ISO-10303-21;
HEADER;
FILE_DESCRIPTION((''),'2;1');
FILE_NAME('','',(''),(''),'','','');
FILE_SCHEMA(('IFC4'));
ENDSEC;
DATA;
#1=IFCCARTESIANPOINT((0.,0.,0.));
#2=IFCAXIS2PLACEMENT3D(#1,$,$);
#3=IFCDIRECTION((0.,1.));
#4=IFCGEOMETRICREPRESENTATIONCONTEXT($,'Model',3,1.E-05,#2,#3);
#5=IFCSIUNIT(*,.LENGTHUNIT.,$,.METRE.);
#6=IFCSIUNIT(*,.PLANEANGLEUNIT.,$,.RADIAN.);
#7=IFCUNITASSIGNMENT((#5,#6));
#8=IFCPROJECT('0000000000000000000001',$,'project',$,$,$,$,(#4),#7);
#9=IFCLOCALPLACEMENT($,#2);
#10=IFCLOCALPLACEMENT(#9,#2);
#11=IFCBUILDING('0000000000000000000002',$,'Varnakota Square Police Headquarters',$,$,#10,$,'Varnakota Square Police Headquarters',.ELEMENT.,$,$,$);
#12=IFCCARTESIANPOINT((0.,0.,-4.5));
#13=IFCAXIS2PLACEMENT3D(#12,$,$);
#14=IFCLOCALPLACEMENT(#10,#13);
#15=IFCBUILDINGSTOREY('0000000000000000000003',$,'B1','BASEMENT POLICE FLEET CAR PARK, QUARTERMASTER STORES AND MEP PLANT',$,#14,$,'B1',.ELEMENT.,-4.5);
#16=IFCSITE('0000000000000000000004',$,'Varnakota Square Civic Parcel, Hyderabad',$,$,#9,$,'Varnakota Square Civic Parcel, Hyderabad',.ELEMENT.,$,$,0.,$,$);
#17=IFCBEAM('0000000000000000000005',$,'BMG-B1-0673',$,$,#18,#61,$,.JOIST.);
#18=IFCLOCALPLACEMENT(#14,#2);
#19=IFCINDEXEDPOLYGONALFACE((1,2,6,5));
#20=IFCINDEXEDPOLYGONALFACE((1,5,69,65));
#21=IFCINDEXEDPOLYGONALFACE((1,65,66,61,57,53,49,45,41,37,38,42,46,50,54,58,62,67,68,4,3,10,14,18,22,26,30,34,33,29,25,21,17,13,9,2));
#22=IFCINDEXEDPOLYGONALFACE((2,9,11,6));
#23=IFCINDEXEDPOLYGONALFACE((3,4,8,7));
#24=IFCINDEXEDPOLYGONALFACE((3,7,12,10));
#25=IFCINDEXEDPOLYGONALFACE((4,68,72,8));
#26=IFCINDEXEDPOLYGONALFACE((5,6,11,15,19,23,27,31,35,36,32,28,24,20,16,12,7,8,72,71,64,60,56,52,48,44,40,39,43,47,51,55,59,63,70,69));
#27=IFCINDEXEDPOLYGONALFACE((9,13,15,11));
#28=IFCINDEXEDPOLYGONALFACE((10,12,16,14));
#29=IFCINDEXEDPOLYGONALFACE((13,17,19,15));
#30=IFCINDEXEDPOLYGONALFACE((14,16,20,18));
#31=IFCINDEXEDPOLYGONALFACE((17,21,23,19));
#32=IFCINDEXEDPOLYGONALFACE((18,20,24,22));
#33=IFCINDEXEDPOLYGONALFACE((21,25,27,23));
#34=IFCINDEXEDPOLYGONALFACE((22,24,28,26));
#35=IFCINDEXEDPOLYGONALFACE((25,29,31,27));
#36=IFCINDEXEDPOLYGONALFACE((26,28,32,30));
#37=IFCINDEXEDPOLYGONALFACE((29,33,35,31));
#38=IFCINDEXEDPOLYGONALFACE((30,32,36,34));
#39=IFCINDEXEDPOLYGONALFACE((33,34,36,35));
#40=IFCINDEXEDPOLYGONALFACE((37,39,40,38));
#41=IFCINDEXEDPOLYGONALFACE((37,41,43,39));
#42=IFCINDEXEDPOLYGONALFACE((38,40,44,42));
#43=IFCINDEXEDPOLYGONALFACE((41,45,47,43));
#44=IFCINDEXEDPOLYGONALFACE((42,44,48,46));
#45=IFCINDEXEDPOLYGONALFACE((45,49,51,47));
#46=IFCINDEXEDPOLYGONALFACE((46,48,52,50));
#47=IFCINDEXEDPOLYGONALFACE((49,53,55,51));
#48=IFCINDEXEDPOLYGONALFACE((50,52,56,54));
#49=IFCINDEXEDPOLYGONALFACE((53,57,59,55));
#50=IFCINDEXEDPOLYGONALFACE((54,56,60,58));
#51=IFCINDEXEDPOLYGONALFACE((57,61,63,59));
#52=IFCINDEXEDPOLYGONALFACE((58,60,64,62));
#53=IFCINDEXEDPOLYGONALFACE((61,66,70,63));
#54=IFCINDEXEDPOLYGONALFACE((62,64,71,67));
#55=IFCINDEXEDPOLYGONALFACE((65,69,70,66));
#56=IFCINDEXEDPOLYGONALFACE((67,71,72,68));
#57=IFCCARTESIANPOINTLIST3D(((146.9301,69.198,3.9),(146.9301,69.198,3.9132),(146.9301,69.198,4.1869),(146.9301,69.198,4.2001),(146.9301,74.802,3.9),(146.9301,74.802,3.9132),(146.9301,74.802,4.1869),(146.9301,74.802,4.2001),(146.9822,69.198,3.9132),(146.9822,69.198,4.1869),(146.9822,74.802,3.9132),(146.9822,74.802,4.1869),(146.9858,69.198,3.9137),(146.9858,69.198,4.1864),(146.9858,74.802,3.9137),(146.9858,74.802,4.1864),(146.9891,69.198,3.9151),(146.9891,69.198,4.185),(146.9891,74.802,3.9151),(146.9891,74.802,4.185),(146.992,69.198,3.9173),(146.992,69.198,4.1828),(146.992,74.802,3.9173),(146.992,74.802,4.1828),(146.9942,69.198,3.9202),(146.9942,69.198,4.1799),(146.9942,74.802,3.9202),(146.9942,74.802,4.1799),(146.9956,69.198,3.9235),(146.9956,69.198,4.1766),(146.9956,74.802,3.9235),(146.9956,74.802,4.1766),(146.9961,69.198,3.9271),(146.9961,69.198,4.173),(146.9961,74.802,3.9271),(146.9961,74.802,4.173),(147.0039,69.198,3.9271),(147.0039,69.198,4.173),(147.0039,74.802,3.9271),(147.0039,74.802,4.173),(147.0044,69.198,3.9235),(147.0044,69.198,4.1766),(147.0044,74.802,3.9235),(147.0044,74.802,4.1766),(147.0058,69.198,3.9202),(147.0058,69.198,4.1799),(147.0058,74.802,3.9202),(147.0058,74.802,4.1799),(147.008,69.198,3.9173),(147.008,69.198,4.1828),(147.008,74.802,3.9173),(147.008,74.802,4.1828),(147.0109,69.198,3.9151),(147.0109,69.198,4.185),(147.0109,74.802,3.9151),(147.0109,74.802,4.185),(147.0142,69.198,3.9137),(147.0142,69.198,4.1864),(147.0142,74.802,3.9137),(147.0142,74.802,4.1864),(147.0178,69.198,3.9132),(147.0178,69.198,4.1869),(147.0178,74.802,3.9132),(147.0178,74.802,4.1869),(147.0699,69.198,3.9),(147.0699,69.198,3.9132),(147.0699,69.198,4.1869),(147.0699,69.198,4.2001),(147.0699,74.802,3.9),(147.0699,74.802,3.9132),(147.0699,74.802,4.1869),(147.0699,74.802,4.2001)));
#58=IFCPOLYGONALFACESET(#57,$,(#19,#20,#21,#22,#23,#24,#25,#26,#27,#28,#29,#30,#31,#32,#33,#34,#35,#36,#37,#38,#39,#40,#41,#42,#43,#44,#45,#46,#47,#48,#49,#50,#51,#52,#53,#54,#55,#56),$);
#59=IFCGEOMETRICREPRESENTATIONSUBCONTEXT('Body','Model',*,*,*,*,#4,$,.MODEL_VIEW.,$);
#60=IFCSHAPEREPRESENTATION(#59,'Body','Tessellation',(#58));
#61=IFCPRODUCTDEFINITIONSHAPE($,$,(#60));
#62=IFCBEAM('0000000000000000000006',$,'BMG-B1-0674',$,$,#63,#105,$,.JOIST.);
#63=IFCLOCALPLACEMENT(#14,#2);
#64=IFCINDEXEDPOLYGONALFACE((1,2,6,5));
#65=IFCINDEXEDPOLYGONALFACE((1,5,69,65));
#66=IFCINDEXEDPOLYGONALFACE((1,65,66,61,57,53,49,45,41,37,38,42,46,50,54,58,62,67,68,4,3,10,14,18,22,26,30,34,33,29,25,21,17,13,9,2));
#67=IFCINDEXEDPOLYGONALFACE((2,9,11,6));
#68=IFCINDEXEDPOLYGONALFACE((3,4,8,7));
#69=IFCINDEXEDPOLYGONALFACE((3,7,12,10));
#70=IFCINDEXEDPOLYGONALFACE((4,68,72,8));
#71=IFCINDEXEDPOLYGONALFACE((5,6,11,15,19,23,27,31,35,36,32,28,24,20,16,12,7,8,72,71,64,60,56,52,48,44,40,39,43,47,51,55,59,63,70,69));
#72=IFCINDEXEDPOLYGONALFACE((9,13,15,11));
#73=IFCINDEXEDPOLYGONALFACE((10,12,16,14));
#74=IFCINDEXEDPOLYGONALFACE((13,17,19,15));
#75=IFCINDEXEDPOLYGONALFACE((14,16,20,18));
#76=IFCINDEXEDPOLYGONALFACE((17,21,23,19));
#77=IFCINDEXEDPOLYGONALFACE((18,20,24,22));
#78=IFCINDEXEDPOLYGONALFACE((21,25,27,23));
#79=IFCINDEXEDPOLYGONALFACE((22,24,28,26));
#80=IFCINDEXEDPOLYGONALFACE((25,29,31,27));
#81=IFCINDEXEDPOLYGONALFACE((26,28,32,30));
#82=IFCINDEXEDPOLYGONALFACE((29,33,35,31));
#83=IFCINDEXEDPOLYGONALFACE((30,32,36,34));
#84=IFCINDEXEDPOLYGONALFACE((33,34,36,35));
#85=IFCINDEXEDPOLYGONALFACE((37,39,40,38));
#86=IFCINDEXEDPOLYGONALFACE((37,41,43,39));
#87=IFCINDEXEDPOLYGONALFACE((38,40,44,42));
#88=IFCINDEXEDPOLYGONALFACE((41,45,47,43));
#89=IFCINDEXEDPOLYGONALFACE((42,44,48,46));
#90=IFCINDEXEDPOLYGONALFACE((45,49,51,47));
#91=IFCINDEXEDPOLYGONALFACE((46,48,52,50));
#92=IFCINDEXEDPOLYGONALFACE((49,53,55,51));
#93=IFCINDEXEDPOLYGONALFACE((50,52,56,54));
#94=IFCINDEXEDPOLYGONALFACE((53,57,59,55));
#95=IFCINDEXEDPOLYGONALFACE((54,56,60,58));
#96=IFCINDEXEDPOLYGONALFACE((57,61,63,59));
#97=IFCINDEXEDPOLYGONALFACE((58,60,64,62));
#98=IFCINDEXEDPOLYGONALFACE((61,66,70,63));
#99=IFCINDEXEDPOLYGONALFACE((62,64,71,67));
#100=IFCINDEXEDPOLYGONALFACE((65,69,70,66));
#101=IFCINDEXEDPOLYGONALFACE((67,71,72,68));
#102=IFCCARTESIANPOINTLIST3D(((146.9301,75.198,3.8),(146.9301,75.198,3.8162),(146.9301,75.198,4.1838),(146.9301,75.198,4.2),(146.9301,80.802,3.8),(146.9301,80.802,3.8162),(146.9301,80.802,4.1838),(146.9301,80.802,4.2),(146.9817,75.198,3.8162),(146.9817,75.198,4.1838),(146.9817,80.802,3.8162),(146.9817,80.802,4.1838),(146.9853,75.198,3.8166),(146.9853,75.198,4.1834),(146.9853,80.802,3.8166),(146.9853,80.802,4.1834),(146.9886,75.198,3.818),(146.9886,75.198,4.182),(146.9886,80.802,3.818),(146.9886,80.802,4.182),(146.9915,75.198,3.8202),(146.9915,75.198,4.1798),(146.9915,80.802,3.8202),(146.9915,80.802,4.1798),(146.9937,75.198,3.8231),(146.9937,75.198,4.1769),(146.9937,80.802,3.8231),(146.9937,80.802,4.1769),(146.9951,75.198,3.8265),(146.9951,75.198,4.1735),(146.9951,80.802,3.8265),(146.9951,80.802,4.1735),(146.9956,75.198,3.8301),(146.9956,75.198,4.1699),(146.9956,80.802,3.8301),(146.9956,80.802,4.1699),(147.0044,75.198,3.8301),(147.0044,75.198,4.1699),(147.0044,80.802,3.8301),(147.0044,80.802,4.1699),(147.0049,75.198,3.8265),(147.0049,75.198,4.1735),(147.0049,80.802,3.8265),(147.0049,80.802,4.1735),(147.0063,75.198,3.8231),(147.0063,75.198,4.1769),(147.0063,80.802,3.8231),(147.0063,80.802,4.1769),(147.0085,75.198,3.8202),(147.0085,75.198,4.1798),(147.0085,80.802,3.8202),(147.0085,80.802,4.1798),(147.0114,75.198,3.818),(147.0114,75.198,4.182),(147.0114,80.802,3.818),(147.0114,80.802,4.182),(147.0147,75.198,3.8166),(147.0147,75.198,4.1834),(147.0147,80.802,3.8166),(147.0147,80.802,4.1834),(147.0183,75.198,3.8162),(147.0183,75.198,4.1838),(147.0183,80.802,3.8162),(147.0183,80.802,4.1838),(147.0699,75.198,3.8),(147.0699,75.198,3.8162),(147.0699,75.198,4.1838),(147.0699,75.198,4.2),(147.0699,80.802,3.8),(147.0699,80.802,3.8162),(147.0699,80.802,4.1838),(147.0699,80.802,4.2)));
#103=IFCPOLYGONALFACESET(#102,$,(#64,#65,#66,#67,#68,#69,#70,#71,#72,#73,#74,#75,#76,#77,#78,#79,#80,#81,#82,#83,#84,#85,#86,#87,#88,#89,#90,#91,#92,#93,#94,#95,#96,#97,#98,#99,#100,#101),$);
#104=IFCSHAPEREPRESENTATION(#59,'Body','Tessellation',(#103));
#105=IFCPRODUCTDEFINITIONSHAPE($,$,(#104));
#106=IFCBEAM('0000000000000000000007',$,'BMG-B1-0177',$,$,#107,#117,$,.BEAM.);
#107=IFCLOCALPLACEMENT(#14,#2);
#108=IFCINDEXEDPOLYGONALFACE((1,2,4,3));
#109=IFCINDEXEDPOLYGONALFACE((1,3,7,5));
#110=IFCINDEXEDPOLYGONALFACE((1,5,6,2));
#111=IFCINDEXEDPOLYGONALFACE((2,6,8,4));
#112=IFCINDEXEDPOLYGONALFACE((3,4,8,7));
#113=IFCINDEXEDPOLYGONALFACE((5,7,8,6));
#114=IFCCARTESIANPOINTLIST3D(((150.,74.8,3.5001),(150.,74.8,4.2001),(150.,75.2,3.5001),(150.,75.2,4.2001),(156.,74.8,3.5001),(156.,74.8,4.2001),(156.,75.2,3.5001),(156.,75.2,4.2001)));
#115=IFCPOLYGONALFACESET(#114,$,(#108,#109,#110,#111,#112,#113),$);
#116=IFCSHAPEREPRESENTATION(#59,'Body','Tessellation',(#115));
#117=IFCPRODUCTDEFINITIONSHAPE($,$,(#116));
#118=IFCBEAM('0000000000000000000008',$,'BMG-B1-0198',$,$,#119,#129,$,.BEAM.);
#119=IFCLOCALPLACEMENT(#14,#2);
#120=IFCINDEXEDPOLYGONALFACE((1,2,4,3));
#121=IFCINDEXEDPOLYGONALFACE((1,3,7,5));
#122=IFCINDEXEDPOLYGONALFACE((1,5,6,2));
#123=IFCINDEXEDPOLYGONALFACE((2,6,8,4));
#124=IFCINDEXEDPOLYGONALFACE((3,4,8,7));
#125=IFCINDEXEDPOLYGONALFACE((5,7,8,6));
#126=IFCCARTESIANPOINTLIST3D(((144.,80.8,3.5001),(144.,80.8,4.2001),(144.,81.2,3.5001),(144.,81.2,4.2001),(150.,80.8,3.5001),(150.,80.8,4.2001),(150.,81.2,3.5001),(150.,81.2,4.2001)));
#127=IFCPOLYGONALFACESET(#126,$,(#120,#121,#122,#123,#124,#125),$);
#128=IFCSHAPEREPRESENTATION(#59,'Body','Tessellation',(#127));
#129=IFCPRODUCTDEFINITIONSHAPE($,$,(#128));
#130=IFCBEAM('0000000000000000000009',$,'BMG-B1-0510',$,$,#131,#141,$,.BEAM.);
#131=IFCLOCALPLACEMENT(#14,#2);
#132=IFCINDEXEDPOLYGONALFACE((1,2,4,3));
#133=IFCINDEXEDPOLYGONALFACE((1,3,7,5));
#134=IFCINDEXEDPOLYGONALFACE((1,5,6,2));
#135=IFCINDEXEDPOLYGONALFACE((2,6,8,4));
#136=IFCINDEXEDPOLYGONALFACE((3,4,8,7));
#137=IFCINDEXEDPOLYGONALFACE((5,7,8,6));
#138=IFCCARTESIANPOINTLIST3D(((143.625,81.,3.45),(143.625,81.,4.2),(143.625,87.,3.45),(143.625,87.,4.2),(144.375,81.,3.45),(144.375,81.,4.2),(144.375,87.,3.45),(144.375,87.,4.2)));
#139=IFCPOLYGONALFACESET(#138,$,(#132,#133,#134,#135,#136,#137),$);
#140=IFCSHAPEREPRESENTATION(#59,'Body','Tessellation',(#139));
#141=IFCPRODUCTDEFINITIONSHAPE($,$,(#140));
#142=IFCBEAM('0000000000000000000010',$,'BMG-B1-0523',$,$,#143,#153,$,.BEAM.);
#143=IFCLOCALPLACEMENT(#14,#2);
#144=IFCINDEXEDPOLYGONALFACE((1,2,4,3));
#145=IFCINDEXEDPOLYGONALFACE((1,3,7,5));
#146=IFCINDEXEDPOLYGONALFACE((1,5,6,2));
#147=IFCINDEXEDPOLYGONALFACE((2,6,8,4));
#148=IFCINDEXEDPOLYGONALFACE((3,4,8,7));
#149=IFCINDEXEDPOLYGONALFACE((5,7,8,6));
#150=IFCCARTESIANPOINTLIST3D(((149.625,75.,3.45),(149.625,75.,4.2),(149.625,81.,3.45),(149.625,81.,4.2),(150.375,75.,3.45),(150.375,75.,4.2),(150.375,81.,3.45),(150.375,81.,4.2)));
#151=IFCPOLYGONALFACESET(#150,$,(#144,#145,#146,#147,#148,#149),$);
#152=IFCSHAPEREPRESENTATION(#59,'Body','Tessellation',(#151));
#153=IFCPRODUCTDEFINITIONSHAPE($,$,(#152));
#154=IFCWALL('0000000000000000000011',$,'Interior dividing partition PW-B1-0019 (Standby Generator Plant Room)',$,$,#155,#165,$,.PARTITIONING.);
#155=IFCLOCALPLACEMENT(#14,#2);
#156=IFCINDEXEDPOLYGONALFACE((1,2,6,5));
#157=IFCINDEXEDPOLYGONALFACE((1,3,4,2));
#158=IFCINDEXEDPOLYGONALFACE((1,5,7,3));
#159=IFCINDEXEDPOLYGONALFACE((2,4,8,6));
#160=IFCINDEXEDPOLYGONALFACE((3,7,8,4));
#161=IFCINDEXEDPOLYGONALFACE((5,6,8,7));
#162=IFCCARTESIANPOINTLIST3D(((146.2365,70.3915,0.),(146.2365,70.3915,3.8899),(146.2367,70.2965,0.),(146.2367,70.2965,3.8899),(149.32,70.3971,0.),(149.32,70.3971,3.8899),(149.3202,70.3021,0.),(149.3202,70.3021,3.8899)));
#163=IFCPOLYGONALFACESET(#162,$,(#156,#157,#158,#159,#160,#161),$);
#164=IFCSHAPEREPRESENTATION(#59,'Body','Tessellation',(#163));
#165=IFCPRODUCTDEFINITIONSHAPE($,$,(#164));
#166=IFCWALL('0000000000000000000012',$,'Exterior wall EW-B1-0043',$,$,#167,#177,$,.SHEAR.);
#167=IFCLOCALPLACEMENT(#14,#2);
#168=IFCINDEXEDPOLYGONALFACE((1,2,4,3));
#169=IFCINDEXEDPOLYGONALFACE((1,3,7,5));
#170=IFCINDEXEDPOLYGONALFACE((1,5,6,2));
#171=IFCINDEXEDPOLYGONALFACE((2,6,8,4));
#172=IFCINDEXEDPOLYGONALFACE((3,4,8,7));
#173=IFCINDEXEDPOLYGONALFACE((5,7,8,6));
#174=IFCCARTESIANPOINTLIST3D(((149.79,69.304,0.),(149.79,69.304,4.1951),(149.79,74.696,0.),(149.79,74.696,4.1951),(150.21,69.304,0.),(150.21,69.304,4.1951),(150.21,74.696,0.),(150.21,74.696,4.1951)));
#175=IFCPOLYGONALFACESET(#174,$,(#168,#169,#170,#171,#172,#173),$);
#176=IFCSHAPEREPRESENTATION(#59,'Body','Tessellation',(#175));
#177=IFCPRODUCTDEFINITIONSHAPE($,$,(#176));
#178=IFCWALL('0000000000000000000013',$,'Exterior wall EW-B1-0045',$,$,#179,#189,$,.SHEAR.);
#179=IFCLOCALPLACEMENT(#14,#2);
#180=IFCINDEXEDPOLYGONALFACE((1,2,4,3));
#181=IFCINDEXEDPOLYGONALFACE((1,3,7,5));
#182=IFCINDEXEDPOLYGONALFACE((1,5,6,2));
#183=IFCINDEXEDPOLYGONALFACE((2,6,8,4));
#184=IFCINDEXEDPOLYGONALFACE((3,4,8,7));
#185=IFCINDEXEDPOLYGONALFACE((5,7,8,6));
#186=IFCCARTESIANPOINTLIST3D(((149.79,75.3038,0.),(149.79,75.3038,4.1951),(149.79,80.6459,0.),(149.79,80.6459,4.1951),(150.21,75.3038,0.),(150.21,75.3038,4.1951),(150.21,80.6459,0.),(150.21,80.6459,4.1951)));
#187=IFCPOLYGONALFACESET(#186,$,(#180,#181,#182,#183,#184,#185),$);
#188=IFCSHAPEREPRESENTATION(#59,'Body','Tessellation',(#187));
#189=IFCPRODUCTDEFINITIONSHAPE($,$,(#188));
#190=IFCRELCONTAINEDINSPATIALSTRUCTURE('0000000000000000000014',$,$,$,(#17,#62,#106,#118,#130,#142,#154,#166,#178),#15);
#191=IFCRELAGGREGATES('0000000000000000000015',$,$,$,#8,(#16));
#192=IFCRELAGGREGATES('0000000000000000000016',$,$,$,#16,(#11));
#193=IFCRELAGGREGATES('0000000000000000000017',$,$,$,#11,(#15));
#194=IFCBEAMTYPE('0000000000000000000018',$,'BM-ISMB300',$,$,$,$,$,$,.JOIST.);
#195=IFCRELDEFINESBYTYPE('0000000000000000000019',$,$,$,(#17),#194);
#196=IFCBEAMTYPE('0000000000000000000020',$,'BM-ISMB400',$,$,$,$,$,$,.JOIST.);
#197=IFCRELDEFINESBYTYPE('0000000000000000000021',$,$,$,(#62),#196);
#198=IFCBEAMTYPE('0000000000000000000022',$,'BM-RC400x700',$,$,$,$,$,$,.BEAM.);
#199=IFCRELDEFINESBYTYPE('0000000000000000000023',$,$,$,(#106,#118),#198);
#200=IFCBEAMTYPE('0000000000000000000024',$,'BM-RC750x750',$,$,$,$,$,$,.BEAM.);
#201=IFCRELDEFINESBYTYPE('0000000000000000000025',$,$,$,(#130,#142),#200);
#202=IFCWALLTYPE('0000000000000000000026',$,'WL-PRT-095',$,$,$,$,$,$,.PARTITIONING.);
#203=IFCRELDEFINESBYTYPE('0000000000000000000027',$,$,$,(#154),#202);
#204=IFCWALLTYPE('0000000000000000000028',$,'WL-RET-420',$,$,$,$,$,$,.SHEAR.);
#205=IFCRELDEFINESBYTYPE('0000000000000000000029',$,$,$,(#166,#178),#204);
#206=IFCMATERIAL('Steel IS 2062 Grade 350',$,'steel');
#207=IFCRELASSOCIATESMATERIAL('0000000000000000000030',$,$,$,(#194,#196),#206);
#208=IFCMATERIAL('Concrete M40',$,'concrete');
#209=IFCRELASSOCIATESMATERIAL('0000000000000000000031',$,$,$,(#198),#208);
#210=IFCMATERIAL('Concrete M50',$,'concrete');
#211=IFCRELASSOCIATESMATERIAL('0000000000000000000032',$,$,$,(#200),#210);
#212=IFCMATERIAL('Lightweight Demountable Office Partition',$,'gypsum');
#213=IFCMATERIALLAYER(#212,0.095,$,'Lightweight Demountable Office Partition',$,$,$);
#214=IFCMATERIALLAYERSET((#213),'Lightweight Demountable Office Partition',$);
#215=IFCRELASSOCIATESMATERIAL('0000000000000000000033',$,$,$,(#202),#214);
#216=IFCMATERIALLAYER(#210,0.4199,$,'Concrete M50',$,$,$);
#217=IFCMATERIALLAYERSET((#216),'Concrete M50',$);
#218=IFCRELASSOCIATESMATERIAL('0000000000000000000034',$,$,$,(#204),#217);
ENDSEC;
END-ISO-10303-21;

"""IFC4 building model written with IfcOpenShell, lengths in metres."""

from ifc_helpers import new_model, si_unit, direction, frame, frame_2d, origin, origin_2d, place, context, subcontext, project, spatial, rectangle, i_section, extrude, material, layer, layer_set, material_profile, profile_set, type_object, element, save


model = new_model("IFC4")

# Units and contexts
model_context = context("Model", 3, precision=1e-05, world=origin(), true_north=direction((0.0, 1.0)))
body_context = subcontext(model_context, "Body", "Model", "MODEL_VIEW")
ifc_project = project(units=[si_unit("LENGTHUNIT", "METRE"), si_unit("PLANEANGLEUNIT", "RADIAN")], contexts=[model_context])

# Site, building, storey
site_placement = place(None, origin())
site = spatial("IfcSite", under=ifc_project, at=site_placement, Name="Varnakota Square Civic Parcel, Hyderabad", LongName="Varnakota Square Civic Parcel, Hyderabad", CompositionType="ELEMENT", RefElevation=0.0)
building_placement = place(site_placement, origin())
building = spatial("IfcBuilding", under=site, at=building_placement, Name="Varnakota Square Police Headquarters", LongName="Varnakota Square Police Headquarters", CompositionType="ELEMENT")
storey_placement = place(building_placement, frame((0.0, 0.0, -4.5)))
storey = spatial("IfcBuildingStorey", under=building, at=storey_placement, Name="B1", Description="BASEMENT POLICE FLEET CAR PARK, QUARTERMASTER STORES AND MEP PLANT", LongName="B1", CompositionType="ELEMENT", Elevation=-4.5)

# Shared definitions
ifc_material_1 = material(Name="Concrete M40", Category="concrete")

# Shared definitions
ifc_material_2 = material(Name="Concrete M50", Category="concrete")

# Beams
ifc_material_3 = material(Name="Steel IS 2062 Grade 350", Category="steel")
ifc_material_profile_1 = material_profile(ifc_material_3, i_section(OverallWidth=0.1399, OverallDepth=0.3, WebThickness=0.0078, FlangeThickness=0.0132, FilletRadius=0.0139, at=origin_2d()), Name="ISMB 300")
ifc_profile_set_1 = profile_set([ifc_material_profile_1], Name="Steel IS 2062 Grade 350")
beam_type_1 = type_object("IfcBeamType", Name="BM-ISMB300", PredefinedType="JOIST", material=ifc_profile_set_1)
beam_1_placement = place(storey_placement, frame((147.0, 69.198, 4.05), z_axis=(0.0, 1.0, 0.0), x_axis=(-1.0, 0.0, 0.0)))
element("IfcBeam", 1, at=beam_1_placement, inside=storey, type_object=beam_type_1, Name="BMG-B1-0673", PredefinedType="JOIST", context=body_context, shape_type="SweptSolid", body=[
    extrude(i_section(OverallWidth=0.1399, OverallDepth=0.3, WebThickness=0.0078, FlangeThickness=0.0132, FilletRadius=0.0139, at=origin_2d()), origin(), (0.0, 0.0, 1.0), 5.604),
])
ifc_material_profile_2 = material_profile(ifc_material_3, i_section(OverallWidth=0.1399, OverallDepth=0.3999, WebThickness=0.0088, FlangeThickness=0.0161, FilletRadius=0.0139, at=origin_2d()), Name="ISMB 400")
ifc_profile_set_2 = profile_set([ifc_material_profile_2], Name="Steel IS 2062 Grade 350")
beam_type_2 = type_object("IfcBeamType", Name="BM-ISMB400", PredefinedType="JOIST", material=ifc_profile_set_2)
beam_2_placement = place(storey_placement, frame((147.0, 75.198, 4.0), z_axis=(0.0, 1.0, 0.0), x_axis=(-1.0, 0.0, 0.0)))
element("IfcBeam", 2, at=beam_2_placement, inside=storey, type_object=beam_type_2, Name="BMG-B1-0674", PredefinedType="JOIST", context=body_context, shape_type="SweptSolid", body=[
    extrude(i_section(OverallWidth=0.1399, OverallDepth=0.3999, WebThickness=0.0088, FlangeThickness=0.0161, FilletRadius=0.0139, at=origin_2d()), origin(), (0.0, 0.0, 1.0), 5.604),
])
ifc_material_profile_3 = material_profile(ifc_material_1, rectangle(XDim=0.3999, YDim=0.7, at=origin_2d()), Name="RC 400x700")
ifc_profile_set_3 = profile_set([ifc_material_profile_3], Name="Concrete M40")
beam_type_3 = type_object("IfcBeamType", Name="BM-RC400x700", PredefinedType="BEAM", material=ifc_profile_set_3)
for number, where, z_axis, x_axis, name in (
    (3, (150.0, 75.0, 3.8501), (1.0, 0.0, 0.0), (0.0, 1.0, 0.0), "BMG-B1-0177"),
    (4, (144.0, 81.0, 3.8501), (1.0, 0.0, 0.0), (0.0, 1.0, 0.0), "BMG-B1-0198"),
):
    element("IfcBeam", number, at=place(storey_placement, frame(where, z_axis=z_axis, x_axis=x_axis)), inside=storey, type_object=beam_type_3, Name=name, PredefinedType="BEAM", context=body_context, shape_type="SweptSolid", body=[
        extrude(rectangle(XDim=0.3999, YDim=0.7, at=origin_2d()), origin(), (0.0, 0.0, 1.0), 6.0),
    ])
ifc_material_profile_4 = material_profile(ifc_material_2, rectangle(XDim=0.75, YDim=0.75, at=origin_2d()), Name="RC 750x750")
ifc_profile_set_4 = profile_set([ifc_material_profile_4], Name="Concrete M50")
beam_type_4 = type_object("IfcBeamType", Name="BM-RC750x750", PredefinedType="BEAM", material=ifc_profile_set_4)
for number, where, z_axis, x_axis, name in (
    (5, (144.0, 81.0, 3.825), (0.0, 1.0, 0.0), (-1.0, 0.0, 0.0), "BMG-B1-0510"),
    (6, (150.0, 75.0, 3.825), (0.0, 1.0, 0.0), (-1.0, 0.0, 0.0), "BMG-B1-0523"),
):
    element("IfcBeam", number, at=place(storey_placement, frame(where, z_axis=z_axis, x_axis=x_axis)), inside=storey, type_object=beam_type_4, Name=name, PredefinedType="BEAM", context=body_context, shape_type="SweptSolid", body=[
        extrude(rectangle(XDim=0.75, YDim=0.75, at=origin_2d()), origin(), (0.0, 0.0, 1.0), 6.0),
    ])

# Walls
ifc_material_4 = material(Name="Lightweight Demountable Office Partition", Category="gypsum")
ifc_layer_1 = layer(ifc_material_4, 0.095, Name="Lightweight Demountable Office Partition")
ifc_layer_set_1 = layer_set([ifc_layer_1], Name="Lightweight Demountable Office Partition")
wall_type_1 = type_object("IfcWallType", Name="WL-PRT-095", PredefinedType="PARTITIONING", material=ifc_layer_set_1)
wall_1_placement = place(storey_placement, frame((149.3201, 70.3496, 0.0), z_axis=(0.0, 0.0, 1.0), x_axis=(-0.999998, -0.001821, 0.0)))
element("IfcWall", 7, at=wall_1_placement, inside=storey, type_object=wall_type_1, Name="Interior dividing partition PW-B1-0019 (Standby Generator Plant Room)", PredefinedType="PARTITIONING", context=body_context, shape_type="SweptSolid", body=[
    extrude(rectangle(XDim=3.0835, YDim=0.095, at=frame_2d((1.5417, 0.0))), origin(), (0.0, 0.0, 1.0), 3.8899),
])
ifc_layer_2 = layer(ifc_material_2, 0.4199, Name="Concrete M50")
ifc_layer_set_2 = layer_set([ifc_layer_2], Name="Concrete M50")
wall_type_2 = type_object("IfcWallType", Name="WL-RET-420", PredefinedType="SHEAR", material=ifc_layer_set_2)
wall_2_placement = place(storey_placement, frame((150.0, 69.304, 0.0), z_axis=(0.0, 0.0, 1.0), x_axis=(0.0, 1.0, 0.0)))
element("IfcWall", 8, at=wall_2_placement, inside=storey, type_object=wall_type_2, Name="Exterior wall EW-B1-0043", PredefinedType="SHEAR", context=body_context, shape_type="SweptSolid", body=[
    extrude(rectangle(XDim=5.3921, YDim=0.4199, at=frame_2d((2.696, 0.0))), origin(), (0.0, 0.0, 1.0), 4.1951),
])
wall_3_placement = place(storey_placement, frame((150.0, 75.304, 0.0), z_axis=(0.0, 0.0, 1.0), x_axis=(0.0, 1.0, 0.0)))
element("IfcWall", 9, at=wall_3_placement, inside=storey, type_object=wall_type_2, Name="Exterior wall EW-B1-0045", PredefinedType="SHEAR", context=body_context, shape_type="SweptSolid", body=[
    extrude(rectangle(XDim=5.342, YDim=0.4199, at=frame_2d((2.6709, 0.0))), origin(), (0.0, 0.0, 1.0), 4.1951),
])

save(model, "model.ifc")
